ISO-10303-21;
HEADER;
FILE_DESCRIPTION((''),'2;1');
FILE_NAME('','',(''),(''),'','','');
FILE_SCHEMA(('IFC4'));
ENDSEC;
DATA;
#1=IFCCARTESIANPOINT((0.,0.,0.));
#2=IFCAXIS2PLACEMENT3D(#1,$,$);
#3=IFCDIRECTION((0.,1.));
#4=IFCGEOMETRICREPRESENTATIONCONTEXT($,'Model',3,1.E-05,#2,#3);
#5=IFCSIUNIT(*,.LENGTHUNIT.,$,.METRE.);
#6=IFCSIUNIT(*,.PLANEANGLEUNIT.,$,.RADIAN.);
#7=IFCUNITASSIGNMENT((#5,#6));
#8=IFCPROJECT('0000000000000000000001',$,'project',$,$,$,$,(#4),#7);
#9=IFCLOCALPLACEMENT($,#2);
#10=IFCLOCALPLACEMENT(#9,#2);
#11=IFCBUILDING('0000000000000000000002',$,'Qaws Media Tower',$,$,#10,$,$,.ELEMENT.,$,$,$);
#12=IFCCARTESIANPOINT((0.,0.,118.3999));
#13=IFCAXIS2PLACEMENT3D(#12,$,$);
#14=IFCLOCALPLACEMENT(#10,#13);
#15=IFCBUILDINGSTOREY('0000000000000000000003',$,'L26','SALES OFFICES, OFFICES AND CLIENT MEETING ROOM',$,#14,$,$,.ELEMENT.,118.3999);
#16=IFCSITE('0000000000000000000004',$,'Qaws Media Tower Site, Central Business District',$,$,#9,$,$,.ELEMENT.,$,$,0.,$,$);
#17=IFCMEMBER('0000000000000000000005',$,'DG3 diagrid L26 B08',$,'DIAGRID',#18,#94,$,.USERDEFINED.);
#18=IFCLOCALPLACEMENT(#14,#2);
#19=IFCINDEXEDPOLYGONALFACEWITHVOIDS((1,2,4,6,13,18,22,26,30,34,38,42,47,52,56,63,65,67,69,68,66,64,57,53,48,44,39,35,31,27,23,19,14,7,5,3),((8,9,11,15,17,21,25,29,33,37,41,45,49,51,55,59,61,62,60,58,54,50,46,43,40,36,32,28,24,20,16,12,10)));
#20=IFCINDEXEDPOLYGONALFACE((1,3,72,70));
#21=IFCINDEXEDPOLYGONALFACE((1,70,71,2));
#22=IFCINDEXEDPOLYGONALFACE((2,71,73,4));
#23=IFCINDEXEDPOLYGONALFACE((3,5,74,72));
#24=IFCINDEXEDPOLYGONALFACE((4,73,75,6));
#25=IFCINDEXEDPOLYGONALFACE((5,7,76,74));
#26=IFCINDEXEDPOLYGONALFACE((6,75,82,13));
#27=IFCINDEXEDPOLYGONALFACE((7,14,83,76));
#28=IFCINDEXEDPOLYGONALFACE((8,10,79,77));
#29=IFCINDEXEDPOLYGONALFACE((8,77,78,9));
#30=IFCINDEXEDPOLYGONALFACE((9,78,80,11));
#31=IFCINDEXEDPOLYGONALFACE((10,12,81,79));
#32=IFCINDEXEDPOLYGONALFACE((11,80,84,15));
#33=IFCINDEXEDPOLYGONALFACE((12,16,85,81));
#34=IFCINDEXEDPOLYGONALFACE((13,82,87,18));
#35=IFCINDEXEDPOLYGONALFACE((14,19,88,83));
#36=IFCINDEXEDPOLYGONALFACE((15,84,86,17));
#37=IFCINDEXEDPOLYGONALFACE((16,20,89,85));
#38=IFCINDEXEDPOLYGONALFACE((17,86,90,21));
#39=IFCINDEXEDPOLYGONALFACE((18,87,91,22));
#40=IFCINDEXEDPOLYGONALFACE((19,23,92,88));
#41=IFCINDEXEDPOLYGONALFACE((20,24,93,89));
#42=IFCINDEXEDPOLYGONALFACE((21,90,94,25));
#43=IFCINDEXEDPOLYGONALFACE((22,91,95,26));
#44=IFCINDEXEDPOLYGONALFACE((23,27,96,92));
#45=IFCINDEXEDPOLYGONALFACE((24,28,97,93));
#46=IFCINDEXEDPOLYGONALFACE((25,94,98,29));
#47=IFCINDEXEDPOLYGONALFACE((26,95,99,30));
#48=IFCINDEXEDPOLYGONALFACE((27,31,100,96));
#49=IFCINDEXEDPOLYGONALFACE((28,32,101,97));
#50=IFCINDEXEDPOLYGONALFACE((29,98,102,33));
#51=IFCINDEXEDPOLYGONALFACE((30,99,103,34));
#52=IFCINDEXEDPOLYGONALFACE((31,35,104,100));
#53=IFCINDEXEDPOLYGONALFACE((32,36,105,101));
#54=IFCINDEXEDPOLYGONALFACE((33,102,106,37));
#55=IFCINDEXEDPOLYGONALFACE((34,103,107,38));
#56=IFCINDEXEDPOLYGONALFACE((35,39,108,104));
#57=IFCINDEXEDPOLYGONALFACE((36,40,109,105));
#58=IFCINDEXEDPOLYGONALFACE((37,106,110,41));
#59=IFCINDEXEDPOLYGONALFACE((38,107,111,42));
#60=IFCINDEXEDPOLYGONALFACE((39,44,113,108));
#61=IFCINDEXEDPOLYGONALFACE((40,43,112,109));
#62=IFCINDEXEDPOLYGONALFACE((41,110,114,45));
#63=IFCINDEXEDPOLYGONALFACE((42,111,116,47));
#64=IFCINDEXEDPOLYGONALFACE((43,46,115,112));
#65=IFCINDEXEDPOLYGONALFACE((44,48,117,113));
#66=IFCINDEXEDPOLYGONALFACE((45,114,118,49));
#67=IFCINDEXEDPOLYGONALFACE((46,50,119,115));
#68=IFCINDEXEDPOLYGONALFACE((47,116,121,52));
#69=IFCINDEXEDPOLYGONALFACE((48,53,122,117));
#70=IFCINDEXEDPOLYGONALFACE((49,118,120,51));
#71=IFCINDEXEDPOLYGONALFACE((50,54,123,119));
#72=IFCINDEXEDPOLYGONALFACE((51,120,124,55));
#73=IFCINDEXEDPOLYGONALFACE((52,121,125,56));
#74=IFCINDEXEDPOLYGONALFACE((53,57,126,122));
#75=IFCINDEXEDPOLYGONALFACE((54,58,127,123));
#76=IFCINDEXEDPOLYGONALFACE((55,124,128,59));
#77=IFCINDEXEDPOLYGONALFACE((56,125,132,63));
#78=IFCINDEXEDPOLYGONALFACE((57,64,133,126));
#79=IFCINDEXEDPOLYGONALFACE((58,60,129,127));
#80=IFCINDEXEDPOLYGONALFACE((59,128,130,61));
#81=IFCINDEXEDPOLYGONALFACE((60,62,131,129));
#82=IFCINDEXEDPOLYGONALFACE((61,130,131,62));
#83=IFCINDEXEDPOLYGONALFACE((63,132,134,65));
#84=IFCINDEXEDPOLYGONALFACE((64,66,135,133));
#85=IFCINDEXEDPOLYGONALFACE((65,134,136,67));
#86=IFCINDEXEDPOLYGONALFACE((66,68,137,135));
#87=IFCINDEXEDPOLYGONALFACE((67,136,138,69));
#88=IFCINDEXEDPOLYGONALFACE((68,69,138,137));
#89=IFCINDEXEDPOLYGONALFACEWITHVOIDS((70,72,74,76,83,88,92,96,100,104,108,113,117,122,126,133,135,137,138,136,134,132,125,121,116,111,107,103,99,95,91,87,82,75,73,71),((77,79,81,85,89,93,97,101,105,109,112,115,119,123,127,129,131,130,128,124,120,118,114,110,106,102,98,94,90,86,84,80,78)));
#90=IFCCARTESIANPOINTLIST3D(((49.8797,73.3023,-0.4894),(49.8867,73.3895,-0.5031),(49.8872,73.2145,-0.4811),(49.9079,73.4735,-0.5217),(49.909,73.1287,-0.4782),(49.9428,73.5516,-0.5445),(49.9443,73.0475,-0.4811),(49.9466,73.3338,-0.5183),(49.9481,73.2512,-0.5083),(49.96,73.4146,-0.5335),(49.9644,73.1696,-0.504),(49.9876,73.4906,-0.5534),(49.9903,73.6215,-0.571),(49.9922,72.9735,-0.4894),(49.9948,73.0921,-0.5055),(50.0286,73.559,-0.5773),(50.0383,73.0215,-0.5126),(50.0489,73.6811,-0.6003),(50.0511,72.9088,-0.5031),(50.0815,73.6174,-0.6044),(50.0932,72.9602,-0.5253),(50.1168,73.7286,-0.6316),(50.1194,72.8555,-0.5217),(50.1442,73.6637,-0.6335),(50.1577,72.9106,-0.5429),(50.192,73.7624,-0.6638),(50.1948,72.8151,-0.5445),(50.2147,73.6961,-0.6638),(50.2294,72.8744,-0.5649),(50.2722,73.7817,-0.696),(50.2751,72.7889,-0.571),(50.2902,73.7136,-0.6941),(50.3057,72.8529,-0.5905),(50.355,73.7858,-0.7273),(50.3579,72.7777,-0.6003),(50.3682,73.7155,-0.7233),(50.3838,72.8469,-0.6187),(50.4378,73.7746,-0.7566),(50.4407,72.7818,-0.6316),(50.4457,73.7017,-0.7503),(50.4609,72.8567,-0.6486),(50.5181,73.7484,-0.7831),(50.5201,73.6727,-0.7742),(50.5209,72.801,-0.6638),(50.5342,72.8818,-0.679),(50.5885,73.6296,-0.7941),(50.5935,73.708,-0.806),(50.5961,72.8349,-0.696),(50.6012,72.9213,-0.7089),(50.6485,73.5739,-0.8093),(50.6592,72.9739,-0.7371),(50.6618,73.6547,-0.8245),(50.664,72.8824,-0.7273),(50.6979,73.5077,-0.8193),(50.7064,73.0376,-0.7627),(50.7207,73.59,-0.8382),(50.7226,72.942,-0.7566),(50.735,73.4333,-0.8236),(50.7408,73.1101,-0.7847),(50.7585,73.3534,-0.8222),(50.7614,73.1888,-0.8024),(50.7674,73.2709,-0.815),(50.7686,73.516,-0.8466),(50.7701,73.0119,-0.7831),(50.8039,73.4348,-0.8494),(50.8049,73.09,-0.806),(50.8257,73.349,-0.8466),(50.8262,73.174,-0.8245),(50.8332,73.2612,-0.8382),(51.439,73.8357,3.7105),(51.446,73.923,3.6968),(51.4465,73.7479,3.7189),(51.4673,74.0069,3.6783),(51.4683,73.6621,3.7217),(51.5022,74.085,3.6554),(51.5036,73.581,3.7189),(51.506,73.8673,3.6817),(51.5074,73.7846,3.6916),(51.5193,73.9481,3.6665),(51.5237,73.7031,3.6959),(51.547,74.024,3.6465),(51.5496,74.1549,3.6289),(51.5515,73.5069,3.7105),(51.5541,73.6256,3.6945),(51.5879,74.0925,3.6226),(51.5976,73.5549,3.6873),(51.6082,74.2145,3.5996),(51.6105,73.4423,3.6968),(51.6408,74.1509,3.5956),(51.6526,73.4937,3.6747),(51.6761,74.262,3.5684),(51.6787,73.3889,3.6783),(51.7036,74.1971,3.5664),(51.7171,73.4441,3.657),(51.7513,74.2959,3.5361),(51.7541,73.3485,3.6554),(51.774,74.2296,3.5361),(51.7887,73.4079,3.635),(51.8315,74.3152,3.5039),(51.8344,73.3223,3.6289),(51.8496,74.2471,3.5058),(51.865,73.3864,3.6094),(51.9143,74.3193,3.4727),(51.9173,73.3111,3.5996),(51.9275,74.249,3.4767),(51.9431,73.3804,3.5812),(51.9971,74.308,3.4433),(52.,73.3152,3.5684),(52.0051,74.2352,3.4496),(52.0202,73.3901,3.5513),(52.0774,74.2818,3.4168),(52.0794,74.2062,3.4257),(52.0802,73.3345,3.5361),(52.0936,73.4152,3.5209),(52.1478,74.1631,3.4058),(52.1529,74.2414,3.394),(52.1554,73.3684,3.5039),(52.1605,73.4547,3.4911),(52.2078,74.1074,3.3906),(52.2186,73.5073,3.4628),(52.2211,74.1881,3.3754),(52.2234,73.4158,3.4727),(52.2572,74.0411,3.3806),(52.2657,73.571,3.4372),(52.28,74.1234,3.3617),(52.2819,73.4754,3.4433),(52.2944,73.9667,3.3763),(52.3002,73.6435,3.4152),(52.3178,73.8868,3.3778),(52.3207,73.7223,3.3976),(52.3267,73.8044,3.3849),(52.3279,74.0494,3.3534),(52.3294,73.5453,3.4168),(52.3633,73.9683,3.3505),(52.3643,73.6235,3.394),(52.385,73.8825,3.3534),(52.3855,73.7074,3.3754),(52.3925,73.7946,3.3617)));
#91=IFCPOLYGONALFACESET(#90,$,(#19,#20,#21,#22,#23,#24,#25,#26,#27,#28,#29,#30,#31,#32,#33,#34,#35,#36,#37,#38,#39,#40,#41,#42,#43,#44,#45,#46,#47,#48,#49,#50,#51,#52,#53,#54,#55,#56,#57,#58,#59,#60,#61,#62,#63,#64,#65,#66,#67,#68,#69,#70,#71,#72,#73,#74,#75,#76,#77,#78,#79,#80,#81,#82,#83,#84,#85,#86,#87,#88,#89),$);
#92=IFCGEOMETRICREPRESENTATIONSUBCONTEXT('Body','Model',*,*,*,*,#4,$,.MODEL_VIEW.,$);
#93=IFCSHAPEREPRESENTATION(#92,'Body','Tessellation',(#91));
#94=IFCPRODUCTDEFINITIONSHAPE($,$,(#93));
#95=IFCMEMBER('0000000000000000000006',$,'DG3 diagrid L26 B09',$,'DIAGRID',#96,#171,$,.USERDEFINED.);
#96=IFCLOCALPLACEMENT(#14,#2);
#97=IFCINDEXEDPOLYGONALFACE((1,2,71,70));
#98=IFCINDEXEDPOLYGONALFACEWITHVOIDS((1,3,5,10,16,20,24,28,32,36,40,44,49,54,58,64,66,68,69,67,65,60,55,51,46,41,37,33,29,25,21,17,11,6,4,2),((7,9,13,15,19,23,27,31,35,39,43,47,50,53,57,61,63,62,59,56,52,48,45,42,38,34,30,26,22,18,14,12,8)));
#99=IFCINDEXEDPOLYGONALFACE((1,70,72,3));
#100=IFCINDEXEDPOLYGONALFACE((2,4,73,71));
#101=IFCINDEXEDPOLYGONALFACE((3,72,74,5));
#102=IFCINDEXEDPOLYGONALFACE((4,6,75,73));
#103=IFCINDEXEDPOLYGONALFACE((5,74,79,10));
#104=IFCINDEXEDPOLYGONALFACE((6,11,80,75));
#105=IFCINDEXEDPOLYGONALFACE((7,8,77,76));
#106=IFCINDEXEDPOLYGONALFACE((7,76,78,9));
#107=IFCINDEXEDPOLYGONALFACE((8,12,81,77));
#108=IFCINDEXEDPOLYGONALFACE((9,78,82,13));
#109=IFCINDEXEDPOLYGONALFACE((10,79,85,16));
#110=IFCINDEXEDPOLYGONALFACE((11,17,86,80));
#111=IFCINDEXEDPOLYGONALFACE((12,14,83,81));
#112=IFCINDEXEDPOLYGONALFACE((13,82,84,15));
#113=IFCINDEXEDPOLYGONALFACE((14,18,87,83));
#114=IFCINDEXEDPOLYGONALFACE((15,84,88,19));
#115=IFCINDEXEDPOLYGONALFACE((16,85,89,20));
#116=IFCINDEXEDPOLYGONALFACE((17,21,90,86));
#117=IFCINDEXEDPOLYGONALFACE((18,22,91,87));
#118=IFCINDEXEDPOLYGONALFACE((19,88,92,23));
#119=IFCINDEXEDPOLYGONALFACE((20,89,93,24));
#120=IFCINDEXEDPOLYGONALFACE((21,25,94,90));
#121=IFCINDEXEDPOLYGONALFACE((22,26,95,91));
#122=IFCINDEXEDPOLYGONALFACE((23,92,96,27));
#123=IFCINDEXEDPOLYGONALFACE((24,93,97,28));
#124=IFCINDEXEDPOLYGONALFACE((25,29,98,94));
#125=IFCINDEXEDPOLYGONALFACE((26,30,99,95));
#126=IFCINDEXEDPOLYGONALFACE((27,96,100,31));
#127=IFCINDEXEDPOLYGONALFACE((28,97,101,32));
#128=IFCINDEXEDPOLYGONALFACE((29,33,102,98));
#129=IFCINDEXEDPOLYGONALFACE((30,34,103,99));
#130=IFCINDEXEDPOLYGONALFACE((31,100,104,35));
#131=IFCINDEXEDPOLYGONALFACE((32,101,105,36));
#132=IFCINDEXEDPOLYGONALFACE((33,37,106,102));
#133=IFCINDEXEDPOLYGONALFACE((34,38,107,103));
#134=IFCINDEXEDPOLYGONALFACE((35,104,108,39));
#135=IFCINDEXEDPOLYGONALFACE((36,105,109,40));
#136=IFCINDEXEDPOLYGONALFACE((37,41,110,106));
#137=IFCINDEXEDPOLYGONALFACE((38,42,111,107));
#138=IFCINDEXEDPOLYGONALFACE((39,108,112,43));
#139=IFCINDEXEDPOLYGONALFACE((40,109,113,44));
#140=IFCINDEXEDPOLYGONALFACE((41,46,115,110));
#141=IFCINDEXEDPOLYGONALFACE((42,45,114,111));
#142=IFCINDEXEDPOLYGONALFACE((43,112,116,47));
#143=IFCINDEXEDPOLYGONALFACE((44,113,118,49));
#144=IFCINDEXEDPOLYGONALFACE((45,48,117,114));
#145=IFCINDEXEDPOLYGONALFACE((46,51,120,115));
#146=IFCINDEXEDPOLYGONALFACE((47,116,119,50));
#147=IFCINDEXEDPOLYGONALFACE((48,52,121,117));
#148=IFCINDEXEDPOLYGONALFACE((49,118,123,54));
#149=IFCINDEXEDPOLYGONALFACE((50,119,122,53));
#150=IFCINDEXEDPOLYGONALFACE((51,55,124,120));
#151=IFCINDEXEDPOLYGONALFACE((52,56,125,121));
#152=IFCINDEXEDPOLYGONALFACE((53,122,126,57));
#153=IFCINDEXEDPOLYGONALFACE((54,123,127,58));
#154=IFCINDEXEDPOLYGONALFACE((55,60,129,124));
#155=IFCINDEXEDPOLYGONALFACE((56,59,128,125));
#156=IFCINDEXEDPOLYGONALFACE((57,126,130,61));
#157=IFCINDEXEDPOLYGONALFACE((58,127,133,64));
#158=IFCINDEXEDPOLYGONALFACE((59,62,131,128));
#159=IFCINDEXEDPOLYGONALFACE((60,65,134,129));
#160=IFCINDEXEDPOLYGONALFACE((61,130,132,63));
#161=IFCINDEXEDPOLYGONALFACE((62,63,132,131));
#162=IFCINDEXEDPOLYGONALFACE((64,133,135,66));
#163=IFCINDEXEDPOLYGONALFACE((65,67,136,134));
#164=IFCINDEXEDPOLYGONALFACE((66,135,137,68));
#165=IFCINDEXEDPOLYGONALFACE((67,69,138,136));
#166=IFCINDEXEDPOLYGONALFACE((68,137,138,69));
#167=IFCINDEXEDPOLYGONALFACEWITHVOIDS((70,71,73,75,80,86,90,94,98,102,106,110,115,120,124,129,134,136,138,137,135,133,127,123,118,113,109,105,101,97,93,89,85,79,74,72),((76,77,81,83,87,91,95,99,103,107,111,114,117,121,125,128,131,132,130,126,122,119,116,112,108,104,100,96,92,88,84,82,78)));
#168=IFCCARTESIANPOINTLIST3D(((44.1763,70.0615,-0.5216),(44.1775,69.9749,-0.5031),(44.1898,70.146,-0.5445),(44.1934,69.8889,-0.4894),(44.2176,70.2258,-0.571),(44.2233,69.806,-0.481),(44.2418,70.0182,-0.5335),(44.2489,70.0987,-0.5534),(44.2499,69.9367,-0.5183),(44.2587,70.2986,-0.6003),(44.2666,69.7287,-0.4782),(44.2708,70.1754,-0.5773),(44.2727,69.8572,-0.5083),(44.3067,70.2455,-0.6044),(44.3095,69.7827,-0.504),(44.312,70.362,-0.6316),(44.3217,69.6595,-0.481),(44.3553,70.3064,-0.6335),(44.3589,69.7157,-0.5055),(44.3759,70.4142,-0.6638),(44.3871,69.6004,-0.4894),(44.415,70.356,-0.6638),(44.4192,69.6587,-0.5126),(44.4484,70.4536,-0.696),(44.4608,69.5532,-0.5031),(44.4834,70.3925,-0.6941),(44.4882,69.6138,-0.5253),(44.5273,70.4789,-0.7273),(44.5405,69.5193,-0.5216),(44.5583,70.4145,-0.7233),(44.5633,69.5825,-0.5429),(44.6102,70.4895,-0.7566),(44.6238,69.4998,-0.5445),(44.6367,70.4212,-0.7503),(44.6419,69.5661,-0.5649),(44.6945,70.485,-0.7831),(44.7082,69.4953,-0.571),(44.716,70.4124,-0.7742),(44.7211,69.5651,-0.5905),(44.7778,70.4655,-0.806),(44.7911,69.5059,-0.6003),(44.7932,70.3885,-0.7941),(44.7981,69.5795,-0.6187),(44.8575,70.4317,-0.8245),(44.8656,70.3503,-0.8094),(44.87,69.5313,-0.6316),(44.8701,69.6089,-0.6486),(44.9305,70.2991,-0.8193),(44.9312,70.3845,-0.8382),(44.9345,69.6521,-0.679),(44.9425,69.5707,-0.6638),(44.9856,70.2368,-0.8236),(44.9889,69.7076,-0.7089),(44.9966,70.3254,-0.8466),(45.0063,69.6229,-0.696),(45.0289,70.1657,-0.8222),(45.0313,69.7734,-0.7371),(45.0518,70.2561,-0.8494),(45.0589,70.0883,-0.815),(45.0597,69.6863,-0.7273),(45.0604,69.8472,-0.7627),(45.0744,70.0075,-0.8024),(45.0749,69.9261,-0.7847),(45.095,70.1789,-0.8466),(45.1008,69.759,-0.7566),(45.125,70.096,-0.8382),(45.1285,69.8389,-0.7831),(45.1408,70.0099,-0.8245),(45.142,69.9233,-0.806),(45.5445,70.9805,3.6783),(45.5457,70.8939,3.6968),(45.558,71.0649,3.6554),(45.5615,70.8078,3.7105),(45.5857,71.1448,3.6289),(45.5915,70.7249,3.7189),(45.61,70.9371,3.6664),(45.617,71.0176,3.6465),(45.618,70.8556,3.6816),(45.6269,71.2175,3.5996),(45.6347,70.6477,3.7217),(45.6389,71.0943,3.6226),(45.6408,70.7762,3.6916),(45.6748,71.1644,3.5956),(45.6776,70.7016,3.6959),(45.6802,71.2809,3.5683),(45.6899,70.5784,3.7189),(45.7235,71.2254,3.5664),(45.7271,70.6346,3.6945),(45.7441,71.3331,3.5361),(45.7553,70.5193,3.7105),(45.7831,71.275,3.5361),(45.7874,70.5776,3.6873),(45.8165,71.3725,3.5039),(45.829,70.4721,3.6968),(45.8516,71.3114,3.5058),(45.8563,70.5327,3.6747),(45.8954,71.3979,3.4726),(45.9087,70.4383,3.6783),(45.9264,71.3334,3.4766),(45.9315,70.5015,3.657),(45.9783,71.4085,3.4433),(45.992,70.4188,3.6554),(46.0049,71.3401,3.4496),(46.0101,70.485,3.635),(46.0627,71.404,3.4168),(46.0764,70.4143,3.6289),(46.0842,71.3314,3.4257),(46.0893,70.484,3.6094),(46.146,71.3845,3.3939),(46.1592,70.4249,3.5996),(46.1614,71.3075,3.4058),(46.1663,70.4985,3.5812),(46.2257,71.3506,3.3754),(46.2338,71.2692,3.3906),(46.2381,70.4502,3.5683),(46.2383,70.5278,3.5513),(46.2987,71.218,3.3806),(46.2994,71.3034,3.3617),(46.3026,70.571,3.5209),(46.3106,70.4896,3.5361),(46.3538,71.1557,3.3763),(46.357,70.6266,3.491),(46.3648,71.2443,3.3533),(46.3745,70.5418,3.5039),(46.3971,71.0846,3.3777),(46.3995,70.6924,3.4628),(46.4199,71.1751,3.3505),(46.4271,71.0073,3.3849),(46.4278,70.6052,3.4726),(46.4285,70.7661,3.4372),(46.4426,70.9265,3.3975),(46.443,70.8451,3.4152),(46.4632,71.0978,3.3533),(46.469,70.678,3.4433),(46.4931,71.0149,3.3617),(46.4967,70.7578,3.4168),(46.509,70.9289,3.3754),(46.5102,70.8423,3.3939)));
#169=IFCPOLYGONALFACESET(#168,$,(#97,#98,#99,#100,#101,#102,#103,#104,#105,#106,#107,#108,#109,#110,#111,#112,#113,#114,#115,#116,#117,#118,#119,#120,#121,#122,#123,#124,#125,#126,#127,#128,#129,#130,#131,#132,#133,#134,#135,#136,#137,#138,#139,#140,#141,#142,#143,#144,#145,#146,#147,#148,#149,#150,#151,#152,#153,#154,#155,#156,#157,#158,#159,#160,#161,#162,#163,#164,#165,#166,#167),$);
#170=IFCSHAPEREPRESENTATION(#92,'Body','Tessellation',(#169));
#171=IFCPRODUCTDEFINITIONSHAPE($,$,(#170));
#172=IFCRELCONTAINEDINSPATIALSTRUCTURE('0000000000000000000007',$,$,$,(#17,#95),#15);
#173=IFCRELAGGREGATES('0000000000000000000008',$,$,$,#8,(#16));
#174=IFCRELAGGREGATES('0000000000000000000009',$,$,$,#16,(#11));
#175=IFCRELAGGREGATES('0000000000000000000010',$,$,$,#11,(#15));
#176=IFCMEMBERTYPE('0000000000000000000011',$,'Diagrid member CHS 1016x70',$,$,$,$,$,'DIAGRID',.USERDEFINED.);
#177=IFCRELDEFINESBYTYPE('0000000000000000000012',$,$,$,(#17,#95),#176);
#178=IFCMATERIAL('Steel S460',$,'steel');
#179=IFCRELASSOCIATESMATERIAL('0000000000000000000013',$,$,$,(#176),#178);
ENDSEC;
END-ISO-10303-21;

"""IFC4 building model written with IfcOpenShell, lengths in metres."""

from ifc_helpers import new_model, si_unit, direction, frame, origin, origin_2d, place, context, subcontext, project, spatial, hollow_circle, extrude, material, material_profile, profile_set, type_object, element, save


model = new_model("IFC4")

# Units and contexts
model_context = context("Model", 3, precision=1e-05, world=origin(), true_north=direction((0.0, 1.0)))
body_context = subcontext(model_context, "Body", "Model", "MODEL_VIEW")
ifc_project = project(units=[si_unit("LENGTHUNIT", "METRE"), si_unit("PLANEANGLEUNIT", "RADIAN")], contexts=[model_context])

# Site, building, storey
site_placement = place(None, origin())
site = spatial("IfcSite", under=ifc_project, at=site_placement, Name="Qaws Media Tower Site, Central Business District", CompositionType="ELEMENT", RefElevation=0.0)
building_placement = place(site_placement, origin())
building = spatial("IfcBuilding", under=site, at=building_placement, Name="Qaws Media Tower", CompositionType="ELEMENT")
storey_placement = place(building_placement, frame((0.0, 0.0, 118.3999)))
storey = spatial("IfcBuildingStorey", under=building, at=storey_placement, Name="L26", Description="SALES OFFICES, OFFICES AND CLIENT MEETING ROOM", CompositionType="ELEMENT", Elevation=118.3999)

# Members
ifc_material_1 = material(Name="Steel S460", Category="steel")
ifc_material_profile_1 = material_profile(ifc_material_1, hollow_circle(Radius=0.5081, WallThickness=0.0701, at=origin_2d()), Name="CHS 1016x70")
ifc_profile_set_1 = profile_set([ifc_material_profile_1], Name="Steel S460")
member_type_1 = type_object("IfcMemberType", Name="Diagrid member CHS 1016x70", ElementType="DIAGRID", PredefinedType="USERDEFINED", material=ifc_profile_set_1)
for number, where, z_axis, x_axis, name in (
    (1, (50.3564, 73.2817, -0.6638), (0.345616, 0.118236, 0.930897), (-0.323684, 0.946165, 0.0), "DG3 diagrid L26 B08"),
    (2, (44.6592, 69.9924, -0.6638), (0.303244, 0.203678, 0.930891), (-0.557568, 0.830131, 0.0), "DG3 diagrid L26 B09"),
):
    element("IfcMember", number, at=place(storey_placement, frame(where, z_axis=z_axis, x_axis=x_axis)), inside=storey, type_object=member_type_1, Name=name, ObjectType="DIAGRID", PredefinedType="USERDEFINED", context=body_context, shape_type="SweptSolid", body=[
        extrude(hollow_circle(Radius=0.5081, WallThickness=0.0701, at=origin_2d()), origin(), (0.0, 0.0, 1.0), 4.5117),
    ])

save(model, "model.ifc")
